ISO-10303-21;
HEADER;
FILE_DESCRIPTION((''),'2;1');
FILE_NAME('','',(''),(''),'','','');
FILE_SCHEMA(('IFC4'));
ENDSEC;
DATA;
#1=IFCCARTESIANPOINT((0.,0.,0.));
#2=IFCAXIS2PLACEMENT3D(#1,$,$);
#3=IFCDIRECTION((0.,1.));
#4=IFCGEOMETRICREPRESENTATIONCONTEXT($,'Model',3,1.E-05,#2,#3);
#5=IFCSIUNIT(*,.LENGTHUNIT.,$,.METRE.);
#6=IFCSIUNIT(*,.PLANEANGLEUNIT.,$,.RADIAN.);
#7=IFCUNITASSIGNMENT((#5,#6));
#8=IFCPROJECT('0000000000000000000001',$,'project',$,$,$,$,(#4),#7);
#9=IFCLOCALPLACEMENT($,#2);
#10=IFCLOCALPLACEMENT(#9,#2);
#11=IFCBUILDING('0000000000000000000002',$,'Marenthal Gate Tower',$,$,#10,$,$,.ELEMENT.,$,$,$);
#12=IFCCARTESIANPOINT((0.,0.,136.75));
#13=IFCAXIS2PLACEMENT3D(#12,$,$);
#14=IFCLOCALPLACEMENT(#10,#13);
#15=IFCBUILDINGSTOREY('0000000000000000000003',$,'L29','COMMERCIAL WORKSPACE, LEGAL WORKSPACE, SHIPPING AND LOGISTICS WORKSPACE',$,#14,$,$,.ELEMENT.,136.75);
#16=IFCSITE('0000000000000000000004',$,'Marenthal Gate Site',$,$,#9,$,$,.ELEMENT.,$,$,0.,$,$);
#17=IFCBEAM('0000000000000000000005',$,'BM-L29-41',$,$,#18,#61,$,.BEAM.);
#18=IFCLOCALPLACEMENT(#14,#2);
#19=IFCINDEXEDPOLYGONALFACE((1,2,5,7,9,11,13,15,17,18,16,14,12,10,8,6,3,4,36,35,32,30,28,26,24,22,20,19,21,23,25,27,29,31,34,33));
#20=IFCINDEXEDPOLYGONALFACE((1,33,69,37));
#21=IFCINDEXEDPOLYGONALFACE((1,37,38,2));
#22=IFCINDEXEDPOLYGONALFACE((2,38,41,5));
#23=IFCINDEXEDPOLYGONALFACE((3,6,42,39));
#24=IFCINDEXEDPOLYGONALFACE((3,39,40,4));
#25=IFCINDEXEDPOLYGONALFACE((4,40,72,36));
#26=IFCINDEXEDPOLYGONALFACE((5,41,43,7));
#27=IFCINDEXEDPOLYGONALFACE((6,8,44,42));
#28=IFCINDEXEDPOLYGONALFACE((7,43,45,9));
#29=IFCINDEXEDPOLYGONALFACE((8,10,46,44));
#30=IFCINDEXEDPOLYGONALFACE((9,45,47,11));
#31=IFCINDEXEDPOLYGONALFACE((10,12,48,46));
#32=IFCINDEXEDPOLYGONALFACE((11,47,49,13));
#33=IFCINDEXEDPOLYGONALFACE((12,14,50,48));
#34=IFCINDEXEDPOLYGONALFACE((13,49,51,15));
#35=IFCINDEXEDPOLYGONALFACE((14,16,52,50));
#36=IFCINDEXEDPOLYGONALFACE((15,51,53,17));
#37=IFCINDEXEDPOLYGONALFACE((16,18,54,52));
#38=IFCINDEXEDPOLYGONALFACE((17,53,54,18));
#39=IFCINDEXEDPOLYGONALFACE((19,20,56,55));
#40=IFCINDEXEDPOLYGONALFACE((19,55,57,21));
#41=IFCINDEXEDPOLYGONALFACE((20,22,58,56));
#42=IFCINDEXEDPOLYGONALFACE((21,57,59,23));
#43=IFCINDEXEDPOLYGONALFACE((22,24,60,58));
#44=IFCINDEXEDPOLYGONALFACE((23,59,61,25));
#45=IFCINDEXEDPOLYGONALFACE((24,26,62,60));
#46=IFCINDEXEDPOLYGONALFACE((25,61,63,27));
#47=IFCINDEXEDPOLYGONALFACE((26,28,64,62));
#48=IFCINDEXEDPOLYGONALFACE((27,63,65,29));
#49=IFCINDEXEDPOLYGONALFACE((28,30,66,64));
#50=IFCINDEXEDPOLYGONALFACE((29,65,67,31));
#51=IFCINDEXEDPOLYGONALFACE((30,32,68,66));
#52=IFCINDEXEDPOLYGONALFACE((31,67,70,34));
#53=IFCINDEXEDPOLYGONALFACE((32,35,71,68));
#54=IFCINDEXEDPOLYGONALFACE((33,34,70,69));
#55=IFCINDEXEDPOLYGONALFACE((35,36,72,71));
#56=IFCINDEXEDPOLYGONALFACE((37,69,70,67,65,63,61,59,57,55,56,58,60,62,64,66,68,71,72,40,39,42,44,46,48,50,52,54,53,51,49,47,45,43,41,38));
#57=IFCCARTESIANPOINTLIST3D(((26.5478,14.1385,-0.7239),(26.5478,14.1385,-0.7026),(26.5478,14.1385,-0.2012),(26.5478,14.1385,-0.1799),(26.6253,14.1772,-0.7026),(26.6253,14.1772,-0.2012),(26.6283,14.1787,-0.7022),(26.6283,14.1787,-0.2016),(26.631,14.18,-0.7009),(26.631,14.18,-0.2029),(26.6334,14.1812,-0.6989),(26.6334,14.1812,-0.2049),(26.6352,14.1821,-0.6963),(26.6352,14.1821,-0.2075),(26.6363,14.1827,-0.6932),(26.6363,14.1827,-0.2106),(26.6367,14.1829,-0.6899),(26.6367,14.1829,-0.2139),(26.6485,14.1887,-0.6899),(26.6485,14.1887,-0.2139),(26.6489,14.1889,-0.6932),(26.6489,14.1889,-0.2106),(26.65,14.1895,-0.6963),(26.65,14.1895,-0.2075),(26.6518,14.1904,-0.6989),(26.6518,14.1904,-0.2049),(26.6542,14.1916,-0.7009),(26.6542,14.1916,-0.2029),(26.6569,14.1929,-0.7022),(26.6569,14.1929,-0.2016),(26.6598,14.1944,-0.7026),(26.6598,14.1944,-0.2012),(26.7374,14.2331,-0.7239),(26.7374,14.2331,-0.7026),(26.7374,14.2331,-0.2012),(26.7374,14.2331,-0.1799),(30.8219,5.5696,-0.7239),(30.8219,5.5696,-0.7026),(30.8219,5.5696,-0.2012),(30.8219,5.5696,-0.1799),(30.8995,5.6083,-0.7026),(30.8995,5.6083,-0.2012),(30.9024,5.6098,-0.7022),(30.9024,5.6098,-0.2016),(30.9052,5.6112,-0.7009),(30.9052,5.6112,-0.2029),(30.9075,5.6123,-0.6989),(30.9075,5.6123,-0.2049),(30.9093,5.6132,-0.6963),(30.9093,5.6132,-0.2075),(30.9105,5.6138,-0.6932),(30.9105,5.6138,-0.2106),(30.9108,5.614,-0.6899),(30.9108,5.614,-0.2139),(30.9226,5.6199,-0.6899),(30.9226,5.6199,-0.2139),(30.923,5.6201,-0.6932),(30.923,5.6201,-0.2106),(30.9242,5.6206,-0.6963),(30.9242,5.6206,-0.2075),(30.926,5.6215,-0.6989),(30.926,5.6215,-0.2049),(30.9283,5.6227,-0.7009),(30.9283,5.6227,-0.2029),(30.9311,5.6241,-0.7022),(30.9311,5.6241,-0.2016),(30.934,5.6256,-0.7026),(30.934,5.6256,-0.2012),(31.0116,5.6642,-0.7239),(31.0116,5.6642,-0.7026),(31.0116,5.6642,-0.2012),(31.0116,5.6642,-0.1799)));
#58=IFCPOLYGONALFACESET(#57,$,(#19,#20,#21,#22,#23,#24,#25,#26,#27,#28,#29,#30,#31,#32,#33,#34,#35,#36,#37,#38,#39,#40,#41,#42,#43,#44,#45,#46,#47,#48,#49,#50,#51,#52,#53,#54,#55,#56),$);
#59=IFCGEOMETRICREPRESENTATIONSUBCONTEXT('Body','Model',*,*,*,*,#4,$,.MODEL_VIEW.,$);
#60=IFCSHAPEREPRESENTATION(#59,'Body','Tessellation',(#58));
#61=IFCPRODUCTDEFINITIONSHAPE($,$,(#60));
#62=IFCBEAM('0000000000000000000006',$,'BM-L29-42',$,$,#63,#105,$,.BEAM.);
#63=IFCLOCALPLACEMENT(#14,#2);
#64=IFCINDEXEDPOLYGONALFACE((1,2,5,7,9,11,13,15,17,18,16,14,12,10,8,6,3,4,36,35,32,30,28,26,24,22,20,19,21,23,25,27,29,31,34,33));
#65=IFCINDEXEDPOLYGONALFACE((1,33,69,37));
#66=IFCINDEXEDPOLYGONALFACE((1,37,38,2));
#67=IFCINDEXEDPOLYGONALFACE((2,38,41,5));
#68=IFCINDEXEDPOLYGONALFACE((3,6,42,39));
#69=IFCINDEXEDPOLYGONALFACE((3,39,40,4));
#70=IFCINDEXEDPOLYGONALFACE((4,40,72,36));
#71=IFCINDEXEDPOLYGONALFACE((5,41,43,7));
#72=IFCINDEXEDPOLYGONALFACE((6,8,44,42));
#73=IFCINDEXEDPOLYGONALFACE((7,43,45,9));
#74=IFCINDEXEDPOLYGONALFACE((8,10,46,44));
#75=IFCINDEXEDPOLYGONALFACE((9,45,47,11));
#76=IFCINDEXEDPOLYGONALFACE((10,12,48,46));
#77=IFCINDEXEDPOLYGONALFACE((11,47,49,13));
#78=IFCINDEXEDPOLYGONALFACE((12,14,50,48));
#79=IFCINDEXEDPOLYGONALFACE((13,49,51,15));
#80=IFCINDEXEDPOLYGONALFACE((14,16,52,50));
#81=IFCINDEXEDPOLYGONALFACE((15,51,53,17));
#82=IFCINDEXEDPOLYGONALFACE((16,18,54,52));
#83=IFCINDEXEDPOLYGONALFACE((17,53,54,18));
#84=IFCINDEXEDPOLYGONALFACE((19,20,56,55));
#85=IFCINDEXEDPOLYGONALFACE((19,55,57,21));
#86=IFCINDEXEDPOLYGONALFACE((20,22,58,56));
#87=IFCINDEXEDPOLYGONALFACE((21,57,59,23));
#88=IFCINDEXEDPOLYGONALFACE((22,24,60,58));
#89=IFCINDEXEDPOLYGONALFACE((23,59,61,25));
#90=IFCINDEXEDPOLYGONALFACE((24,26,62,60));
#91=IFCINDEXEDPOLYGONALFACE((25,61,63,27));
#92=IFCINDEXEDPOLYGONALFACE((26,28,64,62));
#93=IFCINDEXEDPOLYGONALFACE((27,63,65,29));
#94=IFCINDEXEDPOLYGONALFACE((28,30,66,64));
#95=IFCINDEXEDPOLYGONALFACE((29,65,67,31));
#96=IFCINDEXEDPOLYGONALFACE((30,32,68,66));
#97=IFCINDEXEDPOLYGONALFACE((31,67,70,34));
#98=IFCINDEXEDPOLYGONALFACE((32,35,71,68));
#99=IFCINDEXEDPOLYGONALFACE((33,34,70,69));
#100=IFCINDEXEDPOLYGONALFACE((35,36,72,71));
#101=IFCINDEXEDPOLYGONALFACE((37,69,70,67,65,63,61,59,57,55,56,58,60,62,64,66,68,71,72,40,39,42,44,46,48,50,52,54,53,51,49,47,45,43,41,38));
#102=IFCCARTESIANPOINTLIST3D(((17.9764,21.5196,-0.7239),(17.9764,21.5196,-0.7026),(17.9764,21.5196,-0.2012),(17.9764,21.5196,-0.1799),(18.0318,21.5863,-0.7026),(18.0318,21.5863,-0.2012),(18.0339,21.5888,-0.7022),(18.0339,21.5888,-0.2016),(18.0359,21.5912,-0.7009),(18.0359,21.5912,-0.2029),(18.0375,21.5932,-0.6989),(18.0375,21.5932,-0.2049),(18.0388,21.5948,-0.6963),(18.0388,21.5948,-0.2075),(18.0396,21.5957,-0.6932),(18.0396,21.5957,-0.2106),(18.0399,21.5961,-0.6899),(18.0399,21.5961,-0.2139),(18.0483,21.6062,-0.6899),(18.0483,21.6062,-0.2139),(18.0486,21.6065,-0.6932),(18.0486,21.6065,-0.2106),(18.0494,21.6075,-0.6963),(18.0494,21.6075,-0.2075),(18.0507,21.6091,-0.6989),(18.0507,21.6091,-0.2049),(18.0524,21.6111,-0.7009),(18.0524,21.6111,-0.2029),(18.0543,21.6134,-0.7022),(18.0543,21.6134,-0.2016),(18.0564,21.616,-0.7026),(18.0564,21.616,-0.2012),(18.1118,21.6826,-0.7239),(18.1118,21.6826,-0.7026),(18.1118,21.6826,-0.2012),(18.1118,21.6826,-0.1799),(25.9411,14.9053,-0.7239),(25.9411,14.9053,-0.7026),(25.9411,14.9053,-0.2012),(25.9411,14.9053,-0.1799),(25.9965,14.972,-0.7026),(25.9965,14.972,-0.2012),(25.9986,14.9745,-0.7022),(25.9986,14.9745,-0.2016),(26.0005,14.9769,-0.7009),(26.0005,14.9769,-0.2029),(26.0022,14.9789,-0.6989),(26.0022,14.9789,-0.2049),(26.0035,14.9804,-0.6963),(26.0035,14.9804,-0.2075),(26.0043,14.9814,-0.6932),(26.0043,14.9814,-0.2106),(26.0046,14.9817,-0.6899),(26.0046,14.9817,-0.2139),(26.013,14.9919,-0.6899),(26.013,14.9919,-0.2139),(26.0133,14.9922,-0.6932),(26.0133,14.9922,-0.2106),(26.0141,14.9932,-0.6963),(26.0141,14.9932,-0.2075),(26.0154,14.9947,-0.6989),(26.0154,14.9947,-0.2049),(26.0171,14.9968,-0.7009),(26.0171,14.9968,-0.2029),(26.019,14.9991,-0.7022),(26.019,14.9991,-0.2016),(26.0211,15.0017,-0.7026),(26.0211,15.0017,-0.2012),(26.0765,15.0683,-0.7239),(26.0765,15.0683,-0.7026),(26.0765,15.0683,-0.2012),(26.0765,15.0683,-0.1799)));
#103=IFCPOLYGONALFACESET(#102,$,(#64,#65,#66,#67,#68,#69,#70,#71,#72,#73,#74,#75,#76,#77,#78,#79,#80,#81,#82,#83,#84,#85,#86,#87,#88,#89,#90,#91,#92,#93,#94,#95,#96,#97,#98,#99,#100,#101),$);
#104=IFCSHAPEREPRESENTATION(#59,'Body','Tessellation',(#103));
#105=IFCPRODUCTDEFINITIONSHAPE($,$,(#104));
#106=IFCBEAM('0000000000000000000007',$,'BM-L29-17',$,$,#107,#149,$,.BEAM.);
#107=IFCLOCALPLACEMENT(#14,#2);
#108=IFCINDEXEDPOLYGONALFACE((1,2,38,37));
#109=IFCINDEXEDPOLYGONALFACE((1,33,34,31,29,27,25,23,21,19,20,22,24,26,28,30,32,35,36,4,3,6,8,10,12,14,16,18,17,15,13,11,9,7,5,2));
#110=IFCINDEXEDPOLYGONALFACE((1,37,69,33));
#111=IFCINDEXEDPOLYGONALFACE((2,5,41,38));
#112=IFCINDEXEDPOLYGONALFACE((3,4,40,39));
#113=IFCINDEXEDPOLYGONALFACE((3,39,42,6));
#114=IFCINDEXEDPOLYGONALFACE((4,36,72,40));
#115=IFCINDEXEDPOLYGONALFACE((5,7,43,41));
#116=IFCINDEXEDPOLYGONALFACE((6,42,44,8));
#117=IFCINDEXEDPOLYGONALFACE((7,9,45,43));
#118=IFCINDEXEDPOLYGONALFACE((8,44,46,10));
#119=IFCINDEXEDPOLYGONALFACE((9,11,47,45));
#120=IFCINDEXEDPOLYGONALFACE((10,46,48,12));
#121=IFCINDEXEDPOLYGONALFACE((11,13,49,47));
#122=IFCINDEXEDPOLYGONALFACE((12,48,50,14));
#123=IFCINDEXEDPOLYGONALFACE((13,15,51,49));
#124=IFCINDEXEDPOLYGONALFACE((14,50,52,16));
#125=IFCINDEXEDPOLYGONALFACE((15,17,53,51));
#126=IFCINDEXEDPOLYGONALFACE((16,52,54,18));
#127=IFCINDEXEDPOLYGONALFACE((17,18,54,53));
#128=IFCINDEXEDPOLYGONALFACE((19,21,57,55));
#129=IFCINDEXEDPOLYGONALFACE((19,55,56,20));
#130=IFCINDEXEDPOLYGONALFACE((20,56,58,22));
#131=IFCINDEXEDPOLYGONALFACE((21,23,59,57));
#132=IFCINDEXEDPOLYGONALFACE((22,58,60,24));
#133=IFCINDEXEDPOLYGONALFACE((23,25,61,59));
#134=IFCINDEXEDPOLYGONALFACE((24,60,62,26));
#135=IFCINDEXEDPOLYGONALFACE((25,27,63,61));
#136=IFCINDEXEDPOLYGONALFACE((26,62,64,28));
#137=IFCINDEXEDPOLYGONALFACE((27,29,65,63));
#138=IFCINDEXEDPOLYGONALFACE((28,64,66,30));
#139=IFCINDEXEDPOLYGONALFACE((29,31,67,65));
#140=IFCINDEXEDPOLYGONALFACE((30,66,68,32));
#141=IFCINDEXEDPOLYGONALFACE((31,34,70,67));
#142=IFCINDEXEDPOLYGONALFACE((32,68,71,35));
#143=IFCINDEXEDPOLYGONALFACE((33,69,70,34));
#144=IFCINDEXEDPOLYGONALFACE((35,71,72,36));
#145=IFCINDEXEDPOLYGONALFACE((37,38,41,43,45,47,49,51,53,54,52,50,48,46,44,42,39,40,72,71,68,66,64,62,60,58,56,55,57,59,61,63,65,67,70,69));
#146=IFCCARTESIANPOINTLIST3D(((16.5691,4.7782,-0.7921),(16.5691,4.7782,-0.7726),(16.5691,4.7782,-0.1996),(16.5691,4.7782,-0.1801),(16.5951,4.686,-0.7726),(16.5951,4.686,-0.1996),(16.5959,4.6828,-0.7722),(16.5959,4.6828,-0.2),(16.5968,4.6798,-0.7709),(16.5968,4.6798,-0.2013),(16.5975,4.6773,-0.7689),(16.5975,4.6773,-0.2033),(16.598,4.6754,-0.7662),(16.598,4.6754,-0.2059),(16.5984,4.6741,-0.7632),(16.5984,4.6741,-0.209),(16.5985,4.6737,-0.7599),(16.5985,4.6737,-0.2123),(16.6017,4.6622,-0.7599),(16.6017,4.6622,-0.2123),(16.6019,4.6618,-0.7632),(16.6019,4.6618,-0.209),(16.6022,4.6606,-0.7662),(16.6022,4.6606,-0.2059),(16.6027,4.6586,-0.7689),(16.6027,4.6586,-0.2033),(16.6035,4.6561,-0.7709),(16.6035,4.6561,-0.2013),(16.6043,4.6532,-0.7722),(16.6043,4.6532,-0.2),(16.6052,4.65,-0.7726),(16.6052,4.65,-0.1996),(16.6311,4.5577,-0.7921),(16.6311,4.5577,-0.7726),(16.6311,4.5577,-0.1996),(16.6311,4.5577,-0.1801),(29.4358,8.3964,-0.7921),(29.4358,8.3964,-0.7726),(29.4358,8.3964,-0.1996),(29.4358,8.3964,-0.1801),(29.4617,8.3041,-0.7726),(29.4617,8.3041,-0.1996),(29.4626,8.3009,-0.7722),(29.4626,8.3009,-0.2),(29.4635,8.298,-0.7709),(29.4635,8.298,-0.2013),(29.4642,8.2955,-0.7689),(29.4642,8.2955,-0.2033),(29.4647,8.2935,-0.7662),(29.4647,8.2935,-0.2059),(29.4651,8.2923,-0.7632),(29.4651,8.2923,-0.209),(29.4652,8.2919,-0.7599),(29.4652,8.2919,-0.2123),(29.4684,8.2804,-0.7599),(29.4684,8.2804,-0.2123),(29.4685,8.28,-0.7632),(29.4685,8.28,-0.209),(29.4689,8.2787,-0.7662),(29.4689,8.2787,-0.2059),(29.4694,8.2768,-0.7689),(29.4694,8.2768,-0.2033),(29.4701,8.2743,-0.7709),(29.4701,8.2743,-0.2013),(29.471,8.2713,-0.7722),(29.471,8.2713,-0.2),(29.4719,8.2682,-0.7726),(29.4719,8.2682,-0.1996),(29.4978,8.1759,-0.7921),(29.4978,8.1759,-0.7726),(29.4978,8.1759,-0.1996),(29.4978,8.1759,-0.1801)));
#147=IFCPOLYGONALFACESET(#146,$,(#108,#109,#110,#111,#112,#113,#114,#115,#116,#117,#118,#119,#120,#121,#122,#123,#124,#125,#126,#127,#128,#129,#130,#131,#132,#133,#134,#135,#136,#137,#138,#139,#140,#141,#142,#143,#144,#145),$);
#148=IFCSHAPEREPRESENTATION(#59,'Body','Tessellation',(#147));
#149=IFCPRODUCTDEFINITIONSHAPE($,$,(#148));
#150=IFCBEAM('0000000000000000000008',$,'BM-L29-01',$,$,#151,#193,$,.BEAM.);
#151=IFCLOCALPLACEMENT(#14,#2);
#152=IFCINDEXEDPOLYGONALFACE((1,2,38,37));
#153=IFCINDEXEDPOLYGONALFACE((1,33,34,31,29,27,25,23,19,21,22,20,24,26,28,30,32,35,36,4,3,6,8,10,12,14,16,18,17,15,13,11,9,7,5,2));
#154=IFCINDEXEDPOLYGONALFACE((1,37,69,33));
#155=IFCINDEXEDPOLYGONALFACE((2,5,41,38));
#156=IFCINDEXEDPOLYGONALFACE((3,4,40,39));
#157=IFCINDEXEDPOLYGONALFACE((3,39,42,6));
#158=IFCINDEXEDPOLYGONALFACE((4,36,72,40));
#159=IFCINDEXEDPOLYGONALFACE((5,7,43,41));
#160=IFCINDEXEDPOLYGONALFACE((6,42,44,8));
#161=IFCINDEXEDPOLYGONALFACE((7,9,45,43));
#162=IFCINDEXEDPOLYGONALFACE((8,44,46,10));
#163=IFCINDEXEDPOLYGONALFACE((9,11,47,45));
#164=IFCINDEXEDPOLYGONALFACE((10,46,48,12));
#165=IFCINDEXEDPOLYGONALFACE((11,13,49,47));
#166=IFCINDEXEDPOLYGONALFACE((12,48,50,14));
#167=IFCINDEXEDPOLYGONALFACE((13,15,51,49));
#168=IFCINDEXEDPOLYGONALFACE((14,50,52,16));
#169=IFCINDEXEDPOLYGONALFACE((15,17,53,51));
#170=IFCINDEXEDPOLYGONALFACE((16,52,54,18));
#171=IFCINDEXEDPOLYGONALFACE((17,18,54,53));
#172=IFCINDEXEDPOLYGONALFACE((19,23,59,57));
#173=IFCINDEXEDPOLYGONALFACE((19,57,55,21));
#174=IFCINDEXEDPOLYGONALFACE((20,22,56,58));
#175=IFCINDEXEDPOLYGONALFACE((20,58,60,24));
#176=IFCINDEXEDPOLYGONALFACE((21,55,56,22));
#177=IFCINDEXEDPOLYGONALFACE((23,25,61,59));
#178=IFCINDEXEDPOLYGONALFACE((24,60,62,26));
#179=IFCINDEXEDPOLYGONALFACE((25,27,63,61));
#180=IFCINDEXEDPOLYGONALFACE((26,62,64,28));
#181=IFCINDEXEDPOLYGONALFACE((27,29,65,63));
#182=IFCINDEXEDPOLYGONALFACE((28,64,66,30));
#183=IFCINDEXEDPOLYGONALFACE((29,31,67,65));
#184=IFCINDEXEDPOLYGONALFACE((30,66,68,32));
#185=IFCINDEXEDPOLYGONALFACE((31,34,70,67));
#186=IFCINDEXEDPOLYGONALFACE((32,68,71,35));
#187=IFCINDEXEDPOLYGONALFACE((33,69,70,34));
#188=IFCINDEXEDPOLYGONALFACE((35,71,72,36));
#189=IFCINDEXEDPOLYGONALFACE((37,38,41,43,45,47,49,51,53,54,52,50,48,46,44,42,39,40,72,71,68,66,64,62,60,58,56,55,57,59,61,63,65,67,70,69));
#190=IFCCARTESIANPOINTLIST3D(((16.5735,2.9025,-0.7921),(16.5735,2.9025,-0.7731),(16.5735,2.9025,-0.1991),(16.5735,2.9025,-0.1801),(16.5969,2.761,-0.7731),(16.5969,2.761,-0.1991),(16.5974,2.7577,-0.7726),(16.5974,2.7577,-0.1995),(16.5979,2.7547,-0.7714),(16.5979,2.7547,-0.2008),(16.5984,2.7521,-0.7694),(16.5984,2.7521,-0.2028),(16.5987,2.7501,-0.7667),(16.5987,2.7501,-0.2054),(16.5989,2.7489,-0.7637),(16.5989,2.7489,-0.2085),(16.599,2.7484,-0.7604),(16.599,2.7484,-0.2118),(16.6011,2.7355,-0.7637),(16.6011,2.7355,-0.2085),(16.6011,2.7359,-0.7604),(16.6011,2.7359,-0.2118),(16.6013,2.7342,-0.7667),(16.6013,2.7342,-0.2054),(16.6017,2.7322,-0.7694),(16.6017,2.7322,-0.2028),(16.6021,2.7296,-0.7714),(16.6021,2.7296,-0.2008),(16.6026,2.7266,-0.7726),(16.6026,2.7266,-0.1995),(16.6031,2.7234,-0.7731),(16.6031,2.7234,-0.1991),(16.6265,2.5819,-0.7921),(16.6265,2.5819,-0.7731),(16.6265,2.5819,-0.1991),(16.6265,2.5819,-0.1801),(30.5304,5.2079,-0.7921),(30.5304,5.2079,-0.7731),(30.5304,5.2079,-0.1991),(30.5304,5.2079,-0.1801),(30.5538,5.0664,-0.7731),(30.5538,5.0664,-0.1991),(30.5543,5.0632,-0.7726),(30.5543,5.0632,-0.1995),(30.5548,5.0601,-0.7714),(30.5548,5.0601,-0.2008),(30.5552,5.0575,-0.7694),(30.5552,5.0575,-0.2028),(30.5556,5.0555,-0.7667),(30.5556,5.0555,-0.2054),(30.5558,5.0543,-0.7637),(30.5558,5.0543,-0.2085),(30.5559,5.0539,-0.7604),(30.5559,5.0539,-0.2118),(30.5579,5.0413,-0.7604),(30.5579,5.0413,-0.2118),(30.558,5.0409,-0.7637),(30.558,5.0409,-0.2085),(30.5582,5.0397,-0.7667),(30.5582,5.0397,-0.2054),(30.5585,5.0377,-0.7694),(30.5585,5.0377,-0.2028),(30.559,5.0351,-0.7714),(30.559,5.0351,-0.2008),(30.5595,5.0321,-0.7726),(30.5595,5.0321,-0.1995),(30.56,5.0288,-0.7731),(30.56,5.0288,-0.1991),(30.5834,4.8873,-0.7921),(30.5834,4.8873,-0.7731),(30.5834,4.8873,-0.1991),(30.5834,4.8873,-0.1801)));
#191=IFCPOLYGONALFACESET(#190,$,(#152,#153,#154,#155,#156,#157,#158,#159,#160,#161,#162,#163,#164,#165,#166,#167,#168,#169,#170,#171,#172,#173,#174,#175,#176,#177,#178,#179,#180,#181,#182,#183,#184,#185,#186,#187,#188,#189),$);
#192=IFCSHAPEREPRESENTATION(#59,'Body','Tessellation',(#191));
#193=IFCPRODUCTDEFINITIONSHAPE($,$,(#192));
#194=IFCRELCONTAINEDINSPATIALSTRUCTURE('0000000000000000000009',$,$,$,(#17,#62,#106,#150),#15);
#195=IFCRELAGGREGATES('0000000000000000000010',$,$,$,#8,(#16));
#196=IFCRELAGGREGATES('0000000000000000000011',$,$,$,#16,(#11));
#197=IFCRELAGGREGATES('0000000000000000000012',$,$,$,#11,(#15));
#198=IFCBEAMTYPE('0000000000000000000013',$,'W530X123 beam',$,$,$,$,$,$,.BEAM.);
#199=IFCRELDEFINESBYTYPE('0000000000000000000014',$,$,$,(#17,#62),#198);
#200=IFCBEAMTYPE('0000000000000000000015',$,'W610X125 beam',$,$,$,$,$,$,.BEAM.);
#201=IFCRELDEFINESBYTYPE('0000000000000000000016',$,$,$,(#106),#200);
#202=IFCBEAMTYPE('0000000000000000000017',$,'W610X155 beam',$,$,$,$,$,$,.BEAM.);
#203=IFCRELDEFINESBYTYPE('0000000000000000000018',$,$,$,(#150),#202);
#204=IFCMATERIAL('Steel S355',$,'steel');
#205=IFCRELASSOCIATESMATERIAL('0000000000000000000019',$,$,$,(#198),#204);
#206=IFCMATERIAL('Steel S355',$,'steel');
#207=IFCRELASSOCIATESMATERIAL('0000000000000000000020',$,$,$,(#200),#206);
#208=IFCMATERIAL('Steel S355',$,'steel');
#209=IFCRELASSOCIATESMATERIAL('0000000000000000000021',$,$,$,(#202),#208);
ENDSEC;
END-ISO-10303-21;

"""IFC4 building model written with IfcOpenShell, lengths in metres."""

from ifc_helpers import new_model, si_unit, direction, frame, origin, origin_2d, place, context, subcontext, project, spatial, i_section, extrude, material, material_profile, profile_set, type_object, element, save


model = new_model("IFC4")

# Units and contexts
model_context = context("Model", 3, precision=1e-05, world=origin(), true_north=direction((0.0, 1.0)))
body_context = subcontext(model_context, "Body", "Model", "MODEL_VIEW")
ifc_project = project(units=[si_unit("LENGTHUNIT", "METRE"), si_unit("PLANEANGLEUNIT", "RADIAN")], contexts=[model_context])

# Site, building, storey
site_placement = place(None, origin())
site = spatial("IfcSite", under=ifc_project, at=site_placement, Name="Marenthal Gate Site", CompositionType="ELEMENT", RefElevation=0.0)
building_placement = place(site_placement, origin())
building = spatial("IfcBuilding", under=site, at=building_placement, Name="Marenthal Gate Tower", CompositionType="ELEMENT")
storey_placement = place(building_placement, frame((0.0, 0.0, 136.75)))
storey = spatial("IfcBuildingStorey", under=building, at=storey_placement, Name="L29", Description="COMMERCIAL WORKSPACE, LEGAL WORKSPACE, SHIPPING AND LOGISTICS WORKSPACE", CompositionType="ELEMENT", Elevation=136.75)

# Beams
ifc_material_1 = material(Name="Steel S355", Category="steel")
ifc_material_profile_1 = material_profile(ifc_material_1, i_section(OverallWidth=0.2119, OverallDepth=0.5439, WebThickness=0.0132, FlangeThickness=0.0212, FilletRadius=0.0127, at=origin_2d()), Name="W530X123")
ifc_profile_set_1 = profile_set([ifc_material_profile_1], Name="Steel S355")
beam_type_1 = type_object("IfcBeamType", Name="W530X123 beam", PredefinedType="BEAM", material=ifc_profile_set_1)
beam_1_placement = place(storey_placement, frame((30.9167, 5.6169, -0.4519), z_axis=(-0.446357, 0.894855, 0.0), x_axis=(-0.894855, -0.446357, 0.0)))
element("IfcBeam", 1, at=beam_1_placement, inside=storey, type_object=beam_type_1, Name="BM-L29-41", PredefinedType="BEAM", context=body_context, shape_type="SweptSolid", body=[
    extrude(i_section(OverallWidth=0.2119, OverallDepth=0.5439, WebThickness=0.0132, FlangeThickness=0.0212, FilletRadius=0.0127, at=origin_2d()), origin(), (0.0, 0.0, 1.0), 9.5757),
])
beam_2_placement = place(storey_placement, frame((26.0088, 14.9868, -0.4519), z_axis=(-0.769308, 0.638878, 0.0), x_axis=(-0.638878, -0.769308, 0.0)))
element("IfcBeam", 2, at=beam_2_placement, inside=storey, type_object=beam_type_1, Name="BM-L29-42", PredefinedType="BEAM", context=body_context, shape_type="SweptSolid", body=[
    extrude(i_section(OverallWidth=0.2119, OverallDepth=0.5439, WebThickness=0.0132, FlangeThickness=0.0212, FilletRadius=0.0127, at=origin_2d()), origin(), (0.0, 0.0, 1.0), 10.353),
])
ifc_material_2 = material(Name="Steel S355", Category="steel")
ifc_material_profile_2 = material_profile(ifc_material_2, i_section(OverallWidth=0.229, OverallDepth=0.6121, WebThickness=0.012, FlangeThickness=0.0195, FilletRadius=0.0127, at=origin_2d()), Name="W610X125")
ifc_profile_set_2 = profile_set([ifc_material_profile_2], Name="Steel S355")
beam_type_2 = type_object("IfcBeamType", Name="W610X125 beam", PredefinedType="BEAM", material=ifc_profile_set_2)
beam_3_placement = place(storey_placement, frame((29.4668, 8.2861, -0.4861), z_axis=(-0.962663, -0.270704, 0.0), x_axis=(0.270704, -0.962663, 0.0)))
element("IfcBeam", 3, at=beam_3_placement, inside=storey, type_object=beam_type_2, Name="BM-L29-17", PredefinedType="BEAM", context=body_context, shape_type="SweptSolid", body=[
    extrude(i_section(OverallWidth=0.229, OverallDepth=0.6121, WebThickness=0.012, FlangeThickness=0.0195, FilletRadius=0.0127, at=origin_2d()), origin(), (0.0, 0.0, 1.0), 13.3657),
])
ifc_material_3 = material(Name="Steel S355", Category="steel")
ifc_material_profile_3 = material_profile(ifc_material_3, i_section(OverallWidth=0.325, OverallDepth=0.6121, WebThickness=0.0127, FlangeThickness=0.019, FilletRadius=0.0127, at=origin_2d()), Name="W610X155")
ifc_profile_set_3 = profile_set([ifc_material_profile_3], Name="Steel S355")
beam_type_3 = type_object("IfcBeamType", Name="W610X155 beam", PredefinedType="BEAM", material=ifc_profile_set_3)
beam_4_placement = place(storey_placement, frame((30.5569, 5.0476, -0.4861), z_axis=(-0.98663, -0.162974, 0.0), x_axis=(0.162974, -0.98663, 0.0)))
element("IfcBeam", 4, at=beam_4_placement, inside=storey, type_object=beam_type_3, Name="BM-L29-01", PredefinedType="BEAM", context=body_context, shape_type="SweptSolid", body=[
    extrude(i_section(OverallWidth=0.325, OverallDepth=0.6121, WebThickness=0.0127, FlangeThickness=0.019, FilletRadius=0.0127, at=origin_2d()), origin(), (0.0, 0.0, 1.0), 14.146),
])

save(model, "model.ifc")
